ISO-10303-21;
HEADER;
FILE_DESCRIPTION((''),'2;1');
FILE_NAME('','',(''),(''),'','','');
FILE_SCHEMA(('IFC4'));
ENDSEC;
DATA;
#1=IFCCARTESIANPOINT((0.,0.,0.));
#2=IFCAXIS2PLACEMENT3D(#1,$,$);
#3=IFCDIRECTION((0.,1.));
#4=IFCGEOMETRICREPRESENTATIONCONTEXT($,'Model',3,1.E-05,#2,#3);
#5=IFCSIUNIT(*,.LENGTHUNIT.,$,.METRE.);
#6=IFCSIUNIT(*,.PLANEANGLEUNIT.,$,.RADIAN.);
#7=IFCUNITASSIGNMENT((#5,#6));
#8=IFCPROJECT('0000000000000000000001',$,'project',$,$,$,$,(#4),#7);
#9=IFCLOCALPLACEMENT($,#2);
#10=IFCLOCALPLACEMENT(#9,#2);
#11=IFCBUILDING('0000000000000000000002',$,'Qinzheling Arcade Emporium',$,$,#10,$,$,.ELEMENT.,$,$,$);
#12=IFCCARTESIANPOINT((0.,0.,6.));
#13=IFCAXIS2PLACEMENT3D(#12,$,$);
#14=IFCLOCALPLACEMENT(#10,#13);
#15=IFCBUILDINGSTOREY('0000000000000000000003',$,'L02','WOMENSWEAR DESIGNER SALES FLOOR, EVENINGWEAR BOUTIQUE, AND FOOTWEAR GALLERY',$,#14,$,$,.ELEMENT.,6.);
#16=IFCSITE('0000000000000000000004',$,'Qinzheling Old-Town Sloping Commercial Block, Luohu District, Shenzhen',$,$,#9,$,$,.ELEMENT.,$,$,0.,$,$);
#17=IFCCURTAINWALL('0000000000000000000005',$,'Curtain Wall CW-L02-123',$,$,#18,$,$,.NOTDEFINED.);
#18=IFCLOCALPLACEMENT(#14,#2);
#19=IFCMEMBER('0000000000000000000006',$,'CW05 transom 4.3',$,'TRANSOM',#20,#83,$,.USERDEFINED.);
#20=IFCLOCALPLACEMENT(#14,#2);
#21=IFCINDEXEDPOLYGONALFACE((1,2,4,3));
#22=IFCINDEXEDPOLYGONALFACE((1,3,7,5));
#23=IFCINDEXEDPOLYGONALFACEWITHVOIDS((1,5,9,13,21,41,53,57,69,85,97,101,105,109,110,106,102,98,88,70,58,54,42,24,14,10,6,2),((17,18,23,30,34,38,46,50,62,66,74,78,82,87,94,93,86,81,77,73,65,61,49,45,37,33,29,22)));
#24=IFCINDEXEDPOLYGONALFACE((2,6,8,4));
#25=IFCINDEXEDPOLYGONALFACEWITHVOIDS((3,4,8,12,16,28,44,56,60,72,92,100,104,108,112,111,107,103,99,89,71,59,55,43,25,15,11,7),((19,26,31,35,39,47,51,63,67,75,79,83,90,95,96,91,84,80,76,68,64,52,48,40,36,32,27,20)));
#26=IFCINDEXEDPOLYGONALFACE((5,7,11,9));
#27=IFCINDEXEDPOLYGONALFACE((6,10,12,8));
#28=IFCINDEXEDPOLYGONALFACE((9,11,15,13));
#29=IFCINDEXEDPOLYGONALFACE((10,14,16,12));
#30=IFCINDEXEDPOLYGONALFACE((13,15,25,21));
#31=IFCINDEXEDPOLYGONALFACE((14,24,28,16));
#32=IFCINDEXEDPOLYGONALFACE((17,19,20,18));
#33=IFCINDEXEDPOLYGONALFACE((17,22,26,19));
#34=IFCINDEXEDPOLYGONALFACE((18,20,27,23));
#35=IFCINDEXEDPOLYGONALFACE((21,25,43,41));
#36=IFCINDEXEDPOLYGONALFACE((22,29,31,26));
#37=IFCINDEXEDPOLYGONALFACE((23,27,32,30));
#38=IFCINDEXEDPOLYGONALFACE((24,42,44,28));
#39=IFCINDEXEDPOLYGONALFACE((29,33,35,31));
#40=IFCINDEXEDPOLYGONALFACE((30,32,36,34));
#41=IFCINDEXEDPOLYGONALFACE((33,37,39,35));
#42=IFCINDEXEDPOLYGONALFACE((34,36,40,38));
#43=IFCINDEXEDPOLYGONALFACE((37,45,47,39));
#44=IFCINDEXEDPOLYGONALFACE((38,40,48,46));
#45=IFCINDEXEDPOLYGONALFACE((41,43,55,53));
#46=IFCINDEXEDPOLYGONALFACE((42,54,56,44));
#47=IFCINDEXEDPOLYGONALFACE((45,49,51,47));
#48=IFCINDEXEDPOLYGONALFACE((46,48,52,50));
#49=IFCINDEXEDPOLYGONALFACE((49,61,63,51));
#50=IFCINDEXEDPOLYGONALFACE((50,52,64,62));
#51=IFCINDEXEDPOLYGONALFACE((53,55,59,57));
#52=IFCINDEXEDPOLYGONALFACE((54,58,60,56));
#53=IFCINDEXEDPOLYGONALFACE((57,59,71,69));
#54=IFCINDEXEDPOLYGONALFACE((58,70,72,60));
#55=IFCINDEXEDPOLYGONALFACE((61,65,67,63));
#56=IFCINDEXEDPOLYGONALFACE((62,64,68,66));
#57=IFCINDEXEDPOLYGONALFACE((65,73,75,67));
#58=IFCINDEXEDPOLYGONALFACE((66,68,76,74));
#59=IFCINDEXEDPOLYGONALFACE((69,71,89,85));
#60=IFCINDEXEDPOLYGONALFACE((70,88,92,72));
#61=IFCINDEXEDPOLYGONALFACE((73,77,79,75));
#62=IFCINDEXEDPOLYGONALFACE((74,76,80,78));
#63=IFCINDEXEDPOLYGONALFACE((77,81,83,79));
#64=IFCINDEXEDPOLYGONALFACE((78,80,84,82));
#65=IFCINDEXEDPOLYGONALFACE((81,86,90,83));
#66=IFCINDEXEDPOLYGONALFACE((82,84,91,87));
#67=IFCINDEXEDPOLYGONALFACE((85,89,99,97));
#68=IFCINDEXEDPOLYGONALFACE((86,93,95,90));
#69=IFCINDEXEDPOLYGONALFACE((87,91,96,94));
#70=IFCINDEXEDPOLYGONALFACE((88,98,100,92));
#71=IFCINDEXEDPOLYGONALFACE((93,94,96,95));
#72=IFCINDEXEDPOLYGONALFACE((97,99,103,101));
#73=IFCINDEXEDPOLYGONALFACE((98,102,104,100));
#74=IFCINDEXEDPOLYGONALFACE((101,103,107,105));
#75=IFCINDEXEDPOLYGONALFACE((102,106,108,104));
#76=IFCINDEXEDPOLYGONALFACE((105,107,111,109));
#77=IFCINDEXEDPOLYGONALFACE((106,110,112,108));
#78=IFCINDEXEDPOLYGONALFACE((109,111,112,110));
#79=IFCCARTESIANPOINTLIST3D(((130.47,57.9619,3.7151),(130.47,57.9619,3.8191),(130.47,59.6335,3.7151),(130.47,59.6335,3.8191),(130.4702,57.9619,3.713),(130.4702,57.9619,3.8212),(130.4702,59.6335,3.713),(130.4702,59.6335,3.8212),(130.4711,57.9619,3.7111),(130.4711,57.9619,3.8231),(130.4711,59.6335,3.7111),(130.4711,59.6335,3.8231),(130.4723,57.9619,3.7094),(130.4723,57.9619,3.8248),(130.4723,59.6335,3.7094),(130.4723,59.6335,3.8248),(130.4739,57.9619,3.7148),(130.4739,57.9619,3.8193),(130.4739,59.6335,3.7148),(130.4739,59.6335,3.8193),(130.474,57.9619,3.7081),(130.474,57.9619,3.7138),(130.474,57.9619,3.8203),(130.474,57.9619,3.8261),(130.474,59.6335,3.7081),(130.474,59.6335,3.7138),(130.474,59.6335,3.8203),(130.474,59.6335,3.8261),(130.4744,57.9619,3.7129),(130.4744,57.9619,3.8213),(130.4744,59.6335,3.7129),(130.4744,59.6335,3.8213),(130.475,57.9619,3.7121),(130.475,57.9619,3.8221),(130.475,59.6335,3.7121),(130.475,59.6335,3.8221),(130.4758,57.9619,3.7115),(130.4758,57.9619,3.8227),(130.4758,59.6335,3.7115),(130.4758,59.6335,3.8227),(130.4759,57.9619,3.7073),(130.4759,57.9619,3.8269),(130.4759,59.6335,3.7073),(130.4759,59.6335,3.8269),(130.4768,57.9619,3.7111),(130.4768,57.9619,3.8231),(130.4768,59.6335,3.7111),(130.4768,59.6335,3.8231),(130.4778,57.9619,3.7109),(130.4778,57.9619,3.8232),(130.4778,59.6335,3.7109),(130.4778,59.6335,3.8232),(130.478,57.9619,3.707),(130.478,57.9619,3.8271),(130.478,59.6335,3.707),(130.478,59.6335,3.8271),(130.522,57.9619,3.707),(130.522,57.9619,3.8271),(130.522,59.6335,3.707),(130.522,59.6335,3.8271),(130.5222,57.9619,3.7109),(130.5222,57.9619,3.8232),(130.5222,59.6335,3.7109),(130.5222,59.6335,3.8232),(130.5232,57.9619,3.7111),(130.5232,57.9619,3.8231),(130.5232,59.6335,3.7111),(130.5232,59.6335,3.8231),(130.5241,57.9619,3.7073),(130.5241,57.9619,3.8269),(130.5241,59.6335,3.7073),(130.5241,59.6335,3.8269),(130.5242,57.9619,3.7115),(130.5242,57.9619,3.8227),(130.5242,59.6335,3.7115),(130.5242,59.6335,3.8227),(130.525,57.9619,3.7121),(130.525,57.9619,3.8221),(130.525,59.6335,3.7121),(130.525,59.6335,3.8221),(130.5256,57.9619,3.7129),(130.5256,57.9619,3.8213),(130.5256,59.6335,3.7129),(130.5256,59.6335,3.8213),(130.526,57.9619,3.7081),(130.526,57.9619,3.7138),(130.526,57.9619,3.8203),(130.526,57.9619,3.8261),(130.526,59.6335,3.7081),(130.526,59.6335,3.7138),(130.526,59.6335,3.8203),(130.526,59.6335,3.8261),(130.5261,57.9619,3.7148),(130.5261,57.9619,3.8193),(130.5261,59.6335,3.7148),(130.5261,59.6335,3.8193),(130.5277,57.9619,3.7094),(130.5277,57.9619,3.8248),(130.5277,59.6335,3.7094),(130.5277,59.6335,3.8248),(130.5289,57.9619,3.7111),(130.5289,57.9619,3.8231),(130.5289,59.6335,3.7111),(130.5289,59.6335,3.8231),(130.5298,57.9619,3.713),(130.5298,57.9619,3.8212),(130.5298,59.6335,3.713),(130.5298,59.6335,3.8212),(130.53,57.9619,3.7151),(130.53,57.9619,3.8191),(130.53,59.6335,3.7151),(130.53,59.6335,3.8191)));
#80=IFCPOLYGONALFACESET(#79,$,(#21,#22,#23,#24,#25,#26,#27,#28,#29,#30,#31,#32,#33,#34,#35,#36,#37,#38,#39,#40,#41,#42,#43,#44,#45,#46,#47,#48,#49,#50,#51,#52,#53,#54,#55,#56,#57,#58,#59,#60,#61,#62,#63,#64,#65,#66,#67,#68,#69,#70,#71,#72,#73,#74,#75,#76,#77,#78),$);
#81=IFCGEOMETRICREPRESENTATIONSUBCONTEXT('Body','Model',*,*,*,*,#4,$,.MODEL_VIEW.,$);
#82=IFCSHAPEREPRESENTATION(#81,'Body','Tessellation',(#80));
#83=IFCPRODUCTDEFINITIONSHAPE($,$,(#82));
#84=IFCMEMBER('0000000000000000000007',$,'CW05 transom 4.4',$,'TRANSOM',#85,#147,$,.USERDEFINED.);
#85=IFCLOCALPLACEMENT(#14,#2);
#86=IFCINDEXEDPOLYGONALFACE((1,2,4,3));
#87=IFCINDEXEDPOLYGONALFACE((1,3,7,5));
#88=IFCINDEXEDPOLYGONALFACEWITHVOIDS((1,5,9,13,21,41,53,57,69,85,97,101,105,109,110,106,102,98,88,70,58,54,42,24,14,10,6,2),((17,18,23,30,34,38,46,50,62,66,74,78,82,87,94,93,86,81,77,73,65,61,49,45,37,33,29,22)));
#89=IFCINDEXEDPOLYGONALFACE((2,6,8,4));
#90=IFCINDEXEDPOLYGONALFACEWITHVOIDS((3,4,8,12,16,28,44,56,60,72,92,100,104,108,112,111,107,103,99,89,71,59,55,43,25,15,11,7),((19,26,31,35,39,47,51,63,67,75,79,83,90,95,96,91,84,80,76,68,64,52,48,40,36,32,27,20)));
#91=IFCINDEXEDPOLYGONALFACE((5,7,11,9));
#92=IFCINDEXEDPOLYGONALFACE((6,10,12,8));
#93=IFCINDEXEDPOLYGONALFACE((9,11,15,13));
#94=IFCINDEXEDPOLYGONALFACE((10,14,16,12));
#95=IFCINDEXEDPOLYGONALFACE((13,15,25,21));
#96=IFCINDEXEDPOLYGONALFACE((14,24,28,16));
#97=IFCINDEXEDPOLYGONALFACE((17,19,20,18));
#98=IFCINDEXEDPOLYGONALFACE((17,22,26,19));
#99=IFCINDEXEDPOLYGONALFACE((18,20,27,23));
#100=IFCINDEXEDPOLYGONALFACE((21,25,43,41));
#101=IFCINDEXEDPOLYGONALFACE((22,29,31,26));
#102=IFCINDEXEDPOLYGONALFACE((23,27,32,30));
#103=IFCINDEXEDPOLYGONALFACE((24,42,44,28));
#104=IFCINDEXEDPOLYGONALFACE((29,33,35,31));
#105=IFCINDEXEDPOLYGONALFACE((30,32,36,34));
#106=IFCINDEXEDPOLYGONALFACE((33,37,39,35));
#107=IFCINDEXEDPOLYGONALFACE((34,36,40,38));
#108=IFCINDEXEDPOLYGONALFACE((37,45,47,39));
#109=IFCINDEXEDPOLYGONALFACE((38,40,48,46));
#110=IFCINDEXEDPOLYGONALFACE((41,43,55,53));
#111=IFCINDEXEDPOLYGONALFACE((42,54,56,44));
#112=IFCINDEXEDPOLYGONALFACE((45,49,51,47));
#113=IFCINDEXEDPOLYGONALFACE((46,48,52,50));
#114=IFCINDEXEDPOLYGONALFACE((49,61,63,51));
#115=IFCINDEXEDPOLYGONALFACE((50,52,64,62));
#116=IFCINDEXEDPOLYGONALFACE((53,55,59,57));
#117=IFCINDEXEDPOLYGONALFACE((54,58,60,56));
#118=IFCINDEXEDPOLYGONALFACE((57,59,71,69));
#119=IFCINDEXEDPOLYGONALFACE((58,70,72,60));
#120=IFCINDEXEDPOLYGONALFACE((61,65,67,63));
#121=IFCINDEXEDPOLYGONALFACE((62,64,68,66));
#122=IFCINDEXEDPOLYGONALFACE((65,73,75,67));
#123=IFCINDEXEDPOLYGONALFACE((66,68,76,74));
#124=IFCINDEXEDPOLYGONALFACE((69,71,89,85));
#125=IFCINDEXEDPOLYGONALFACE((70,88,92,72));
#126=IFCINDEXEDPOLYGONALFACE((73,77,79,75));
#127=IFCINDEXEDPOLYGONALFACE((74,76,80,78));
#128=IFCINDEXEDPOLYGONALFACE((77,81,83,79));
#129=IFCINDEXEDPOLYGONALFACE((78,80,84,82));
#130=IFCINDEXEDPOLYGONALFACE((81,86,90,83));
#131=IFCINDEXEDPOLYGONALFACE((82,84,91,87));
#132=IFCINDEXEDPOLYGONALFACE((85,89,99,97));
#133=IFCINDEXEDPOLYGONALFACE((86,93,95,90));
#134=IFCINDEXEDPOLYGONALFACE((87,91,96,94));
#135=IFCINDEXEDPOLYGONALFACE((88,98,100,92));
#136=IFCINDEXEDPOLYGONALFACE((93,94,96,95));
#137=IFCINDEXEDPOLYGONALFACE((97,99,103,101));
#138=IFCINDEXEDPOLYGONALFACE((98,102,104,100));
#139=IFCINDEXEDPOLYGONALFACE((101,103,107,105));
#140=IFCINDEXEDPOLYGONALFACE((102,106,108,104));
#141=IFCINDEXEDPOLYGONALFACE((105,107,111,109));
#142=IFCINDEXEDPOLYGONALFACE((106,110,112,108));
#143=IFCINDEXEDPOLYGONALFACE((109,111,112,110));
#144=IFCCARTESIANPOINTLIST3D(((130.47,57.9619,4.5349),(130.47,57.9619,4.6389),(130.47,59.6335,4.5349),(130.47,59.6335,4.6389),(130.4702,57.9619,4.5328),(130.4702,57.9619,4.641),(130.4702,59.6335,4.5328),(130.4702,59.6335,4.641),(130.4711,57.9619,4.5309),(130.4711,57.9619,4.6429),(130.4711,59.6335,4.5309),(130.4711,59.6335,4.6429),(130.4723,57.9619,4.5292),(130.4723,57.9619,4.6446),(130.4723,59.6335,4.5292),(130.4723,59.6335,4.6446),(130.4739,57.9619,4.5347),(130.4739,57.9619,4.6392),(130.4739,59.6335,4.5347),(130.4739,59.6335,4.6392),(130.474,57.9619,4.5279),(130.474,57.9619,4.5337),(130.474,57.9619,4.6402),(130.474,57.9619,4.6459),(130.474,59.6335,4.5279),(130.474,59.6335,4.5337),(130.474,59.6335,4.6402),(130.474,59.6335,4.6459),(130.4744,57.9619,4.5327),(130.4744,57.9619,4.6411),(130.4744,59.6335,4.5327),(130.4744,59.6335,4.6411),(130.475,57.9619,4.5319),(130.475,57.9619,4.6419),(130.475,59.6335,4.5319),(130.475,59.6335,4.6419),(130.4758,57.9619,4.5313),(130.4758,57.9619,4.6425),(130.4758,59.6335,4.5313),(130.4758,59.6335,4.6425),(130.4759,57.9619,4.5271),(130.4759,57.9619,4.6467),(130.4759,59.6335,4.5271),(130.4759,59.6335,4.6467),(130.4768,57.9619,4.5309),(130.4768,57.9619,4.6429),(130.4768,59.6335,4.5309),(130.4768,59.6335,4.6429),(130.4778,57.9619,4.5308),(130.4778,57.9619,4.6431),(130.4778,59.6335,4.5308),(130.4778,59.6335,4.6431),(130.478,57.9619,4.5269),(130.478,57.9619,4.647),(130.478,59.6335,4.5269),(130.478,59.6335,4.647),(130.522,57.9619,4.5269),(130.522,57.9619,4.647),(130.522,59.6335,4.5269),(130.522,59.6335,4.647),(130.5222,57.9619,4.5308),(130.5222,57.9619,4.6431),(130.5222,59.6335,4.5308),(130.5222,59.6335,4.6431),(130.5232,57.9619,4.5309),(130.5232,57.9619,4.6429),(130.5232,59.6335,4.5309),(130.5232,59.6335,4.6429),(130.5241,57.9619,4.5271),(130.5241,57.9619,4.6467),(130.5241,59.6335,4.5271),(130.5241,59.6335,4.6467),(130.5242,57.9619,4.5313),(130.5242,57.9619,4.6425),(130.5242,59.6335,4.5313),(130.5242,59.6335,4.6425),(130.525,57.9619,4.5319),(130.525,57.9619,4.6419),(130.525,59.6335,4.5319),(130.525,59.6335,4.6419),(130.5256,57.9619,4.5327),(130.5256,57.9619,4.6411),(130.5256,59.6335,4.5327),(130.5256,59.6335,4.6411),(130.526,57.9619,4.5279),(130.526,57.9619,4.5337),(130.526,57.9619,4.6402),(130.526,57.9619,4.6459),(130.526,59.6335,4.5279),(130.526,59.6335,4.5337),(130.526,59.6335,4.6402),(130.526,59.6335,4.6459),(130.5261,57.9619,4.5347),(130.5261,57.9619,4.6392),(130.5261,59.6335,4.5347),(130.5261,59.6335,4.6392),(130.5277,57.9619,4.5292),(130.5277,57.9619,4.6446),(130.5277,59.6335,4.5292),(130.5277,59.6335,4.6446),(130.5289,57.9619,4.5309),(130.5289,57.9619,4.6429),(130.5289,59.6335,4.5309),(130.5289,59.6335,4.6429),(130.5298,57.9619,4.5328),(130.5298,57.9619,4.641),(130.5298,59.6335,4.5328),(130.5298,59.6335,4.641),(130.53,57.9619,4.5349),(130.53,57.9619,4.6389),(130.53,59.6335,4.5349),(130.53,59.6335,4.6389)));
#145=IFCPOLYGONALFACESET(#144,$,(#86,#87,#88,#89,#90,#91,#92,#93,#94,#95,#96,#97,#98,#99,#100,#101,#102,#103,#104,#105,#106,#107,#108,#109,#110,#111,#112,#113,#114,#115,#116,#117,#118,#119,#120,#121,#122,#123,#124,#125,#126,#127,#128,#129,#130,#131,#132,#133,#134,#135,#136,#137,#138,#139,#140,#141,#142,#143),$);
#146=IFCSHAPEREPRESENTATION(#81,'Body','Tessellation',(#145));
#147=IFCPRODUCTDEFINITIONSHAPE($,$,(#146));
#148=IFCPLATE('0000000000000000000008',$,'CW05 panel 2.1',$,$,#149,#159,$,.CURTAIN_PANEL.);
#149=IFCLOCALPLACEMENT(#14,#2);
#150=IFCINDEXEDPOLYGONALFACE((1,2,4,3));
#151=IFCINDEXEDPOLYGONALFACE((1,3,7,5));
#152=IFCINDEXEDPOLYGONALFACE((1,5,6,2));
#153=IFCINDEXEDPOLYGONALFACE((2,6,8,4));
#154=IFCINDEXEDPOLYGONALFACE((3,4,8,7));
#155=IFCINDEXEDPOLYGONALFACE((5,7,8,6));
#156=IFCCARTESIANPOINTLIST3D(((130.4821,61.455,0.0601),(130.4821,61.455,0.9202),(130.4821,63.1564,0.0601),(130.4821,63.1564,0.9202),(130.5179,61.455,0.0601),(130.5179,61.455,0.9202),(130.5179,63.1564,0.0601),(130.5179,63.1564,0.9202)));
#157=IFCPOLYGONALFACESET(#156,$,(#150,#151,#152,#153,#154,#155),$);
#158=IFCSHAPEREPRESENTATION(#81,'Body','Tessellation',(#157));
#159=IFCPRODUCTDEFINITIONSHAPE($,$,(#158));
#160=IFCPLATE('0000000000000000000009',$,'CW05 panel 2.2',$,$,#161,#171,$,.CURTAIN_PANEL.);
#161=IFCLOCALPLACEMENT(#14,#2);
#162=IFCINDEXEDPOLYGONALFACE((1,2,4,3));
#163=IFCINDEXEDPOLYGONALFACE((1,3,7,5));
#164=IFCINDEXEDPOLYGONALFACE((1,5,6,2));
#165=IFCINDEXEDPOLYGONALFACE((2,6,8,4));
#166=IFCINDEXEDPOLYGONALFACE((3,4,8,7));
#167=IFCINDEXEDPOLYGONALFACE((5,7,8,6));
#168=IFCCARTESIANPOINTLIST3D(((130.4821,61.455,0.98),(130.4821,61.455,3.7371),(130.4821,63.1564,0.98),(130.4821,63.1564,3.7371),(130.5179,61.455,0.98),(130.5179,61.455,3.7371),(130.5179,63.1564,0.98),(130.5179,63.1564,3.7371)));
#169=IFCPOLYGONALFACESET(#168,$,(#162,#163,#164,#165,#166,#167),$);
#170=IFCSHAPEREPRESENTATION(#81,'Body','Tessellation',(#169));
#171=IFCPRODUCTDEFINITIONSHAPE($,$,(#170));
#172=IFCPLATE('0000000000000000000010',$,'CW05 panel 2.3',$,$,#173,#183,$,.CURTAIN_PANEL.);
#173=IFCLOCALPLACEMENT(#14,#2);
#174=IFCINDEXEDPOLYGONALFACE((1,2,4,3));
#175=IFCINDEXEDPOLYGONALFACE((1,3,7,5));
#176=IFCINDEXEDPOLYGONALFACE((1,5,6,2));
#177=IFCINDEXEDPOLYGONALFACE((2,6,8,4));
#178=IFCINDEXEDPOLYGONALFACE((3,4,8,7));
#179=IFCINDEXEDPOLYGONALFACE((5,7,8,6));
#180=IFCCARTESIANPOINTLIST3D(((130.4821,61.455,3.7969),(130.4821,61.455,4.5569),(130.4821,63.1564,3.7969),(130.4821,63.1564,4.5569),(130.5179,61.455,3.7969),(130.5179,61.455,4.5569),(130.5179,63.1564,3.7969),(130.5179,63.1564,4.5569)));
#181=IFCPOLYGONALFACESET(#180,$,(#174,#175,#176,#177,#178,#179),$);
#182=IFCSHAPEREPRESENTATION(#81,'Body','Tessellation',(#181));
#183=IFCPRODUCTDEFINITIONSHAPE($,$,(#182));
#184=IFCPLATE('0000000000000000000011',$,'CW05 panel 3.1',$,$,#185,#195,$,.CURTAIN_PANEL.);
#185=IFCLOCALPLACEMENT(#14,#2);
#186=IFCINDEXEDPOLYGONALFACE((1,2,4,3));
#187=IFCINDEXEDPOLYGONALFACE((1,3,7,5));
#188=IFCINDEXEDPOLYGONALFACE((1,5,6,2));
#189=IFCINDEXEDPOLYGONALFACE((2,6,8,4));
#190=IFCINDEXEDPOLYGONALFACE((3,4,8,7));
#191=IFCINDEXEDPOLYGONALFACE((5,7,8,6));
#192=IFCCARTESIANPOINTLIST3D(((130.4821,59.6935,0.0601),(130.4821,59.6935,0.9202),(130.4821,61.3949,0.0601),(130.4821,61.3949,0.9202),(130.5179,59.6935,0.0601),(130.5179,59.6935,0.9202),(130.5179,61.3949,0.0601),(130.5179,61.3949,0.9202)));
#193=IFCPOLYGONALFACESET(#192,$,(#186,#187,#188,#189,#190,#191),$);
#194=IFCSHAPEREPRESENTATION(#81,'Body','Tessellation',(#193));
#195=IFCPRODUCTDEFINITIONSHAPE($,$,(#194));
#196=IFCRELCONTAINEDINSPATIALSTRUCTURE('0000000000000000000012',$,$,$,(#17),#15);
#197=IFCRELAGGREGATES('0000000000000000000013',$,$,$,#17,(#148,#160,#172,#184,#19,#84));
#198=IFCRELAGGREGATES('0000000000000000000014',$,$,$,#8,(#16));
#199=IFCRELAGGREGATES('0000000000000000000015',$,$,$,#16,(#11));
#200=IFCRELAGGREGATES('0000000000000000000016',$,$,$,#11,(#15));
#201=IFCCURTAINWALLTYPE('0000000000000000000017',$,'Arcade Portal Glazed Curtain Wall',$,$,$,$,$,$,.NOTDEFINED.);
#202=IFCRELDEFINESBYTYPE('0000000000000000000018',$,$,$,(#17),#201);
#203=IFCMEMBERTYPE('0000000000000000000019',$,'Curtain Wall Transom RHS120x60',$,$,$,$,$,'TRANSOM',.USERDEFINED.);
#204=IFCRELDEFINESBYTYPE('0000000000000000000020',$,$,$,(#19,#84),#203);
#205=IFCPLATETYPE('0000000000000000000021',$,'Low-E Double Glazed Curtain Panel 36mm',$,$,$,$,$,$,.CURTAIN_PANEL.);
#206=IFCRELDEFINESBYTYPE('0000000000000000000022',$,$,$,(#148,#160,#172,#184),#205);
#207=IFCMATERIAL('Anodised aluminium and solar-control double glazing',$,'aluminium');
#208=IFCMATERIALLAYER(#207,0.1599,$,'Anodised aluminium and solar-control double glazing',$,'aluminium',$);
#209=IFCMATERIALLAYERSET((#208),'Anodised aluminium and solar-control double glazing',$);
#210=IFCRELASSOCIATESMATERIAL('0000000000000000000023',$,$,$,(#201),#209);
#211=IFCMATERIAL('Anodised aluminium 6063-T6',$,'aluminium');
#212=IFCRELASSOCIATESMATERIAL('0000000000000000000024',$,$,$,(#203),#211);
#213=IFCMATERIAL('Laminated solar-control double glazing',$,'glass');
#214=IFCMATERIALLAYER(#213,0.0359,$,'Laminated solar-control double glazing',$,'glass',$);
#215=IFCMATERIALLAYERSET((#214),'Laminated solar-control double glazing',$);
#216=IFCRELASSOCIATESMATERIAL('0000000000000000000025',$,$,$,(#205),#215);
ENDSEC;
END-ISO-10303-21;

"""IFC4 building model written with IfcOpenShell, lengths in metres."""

from ifc_helpers import new_model, si_unit, direction, frame, origin, origin_2d, place, context, subcontext, project, spatial, rectangle, hollow_rectangle, extrude, material, layer, layer_set, material_profile, profile_set, type_object, element, aggregate, save


model = new_model("IFC4")

# Units and contexts
model_context = context("Model", 3, precision=1e-05, world=origin(), true_north=direction((0.0, 1.0)))
body_context = subcontext(model_context, "Body", "Model", "MODEL_VIEW")
ifc_project = project(units=[si_unit("LENGTHUNIT", "METRE"), si_unit("PLANEANGLEUNIT", "RADIAN")], contexts=[model_context])

# Site, building, storey
site_placement = place(None, origin())
site = spatial("IfcSite", under=ifc_project, at=site_placement, Name="Qinzheling Old-Town Sloping Commercial Block, Luohu District, Shenzhen", CompositionType="ELEMENT", RefElevation=0.0)
building_placement = place(site_placement, origin())
building = spatial("IfcBuilding", under=site, at=building_placement, Name="Qinzheling Arcade Emporium", CompositionType="ELEMENT")
storey_placement = place(building_placement, frame((0.0, 0.0, 6.0)))
storey = spatial("IfcBuildingStorey", under=building, at=storey_placement, Name="L02", Description="WOMENSWEAR DESIGNER SALES FLOOR, EVENINGWEAR BOUTIQUE, AND FOOTWEAR GALLERY", CompositionType="ELEMENT", Elevation=6.0)

# Curtain wall, members, plates
ifc_material_1 = material(Name="Anodised aluminium and solar-control double glazing", Category="aluminium")
ifc_layer_1 = layer(ifc_material_1, 0.1599, Name="Anodised aluminium and solar-control double glazing", Category="aluminium")
ifc_layer_set_1 = layer_set([ifc_layer_1], Name="Anodised aluminium and solar-control double glazing")
curtain_wall_type = type_object("IfcCurtainWallType", Name="Arcade Portal Glazed Curtain Wall", PredefinedType="NOTDEFINED", material=ifc_layer_set_1)
curtain_wall_placement = place(storey_placement, origin())
curtain_wall = element("IfcCurtainWall", 1, at=curtain_wall_placement, inside=storey, type_object=curtain_wall_type, Name="Curtain Wall CW-L02-123", PredefinedType="NOTDEFINED")
ifc_material_2 = material(Name="Anodised aluminium 6063-T6", Category="aluminium")
ifc_material_profile_1 = material_profile(ifc_material_2, hollow_rectangle(XDim=0.0601, YDim=0.1201, WallThickness=0.0039, InnerFilletRadius=0.0039, OuterFilletRadius=0.0081, at=origin_2d()), Name="RHS 120x60x4", Category="aluminium")
ifc_profile_set_1 = profile_set([ifc_material_profile_1], Name="Anodised aluminium 6063-T6")
member_type_1 = type_object("IfcMemberType", Name="Curtain Wall Transom RHS120x60", ElementType="TRANSOM", PredefinedType="USERDEFINED", material=ifc_profile_set_1)
member_1_placement = place(storey_placement, frame((130.5, 59.6335, 3.7671), z_axis=(0.0, -1.0, 0.0), x_axis=(1.0, 0.0, 0.0)))
member_1 = element("IfcMember", 2, at=member_1_placement, type_object=member_type_1, Name="CW05 transom 4.3", ObjectType="TRANSOM", PredefinedType="USERDEFINED", context=body_context, shape_type="SweptSolid", body=[
    extrude(hollow_rectangle(XDim=0.0601, YDim=0.1201, WallThickness=0.0039, InnerFilletRadius=0.0039, OuterFilletRadius=0.0081, at=origin_2d()), origin(), (0.0, 0.0, 1.0), 1.6716),
])
member_2_placement = place(storey_placement, frame((130.5, 59.6335, 4.5869), z_axis=(0.0, -1.0, 0.0), x_axis=(1.0, 0.0, 0.0)))
member_2 = element("IfcMember", 3, at=member_2_placement, type_object=member_type_1, Name="CW05 transom 4.4", ObjectType="TRANSOM", PredefinedType="USERDEFINED", context=body_context, shape_type="SweptSolid", body=[
    extrude(hollow_rectangle(XDim=0.0601, YDim=0.1201, WallThickness=0.0039, InnerFilletRadius=0.0039, OuterFilletRadius=0.0081, at=origin_2d()), origin(), (0.0, 0.0, 1.0), 1.6716),
])
ifc_material_3 = material(Name="Laminated solar-control double glazing", Category="glass")
ifc_layer_2 = layer(ifc_material_3, 0.0359, Name="Laminated solar-control double glazing", Category="glass")
ifc_layer_set_2 = layer_set([ifc_layer_2], Name="Laminated solar-control double glazing")
plate_type = type_object("IfcPlateType", Name="Low-E Double Glazed Curtain Panel 36mm", PredefinedType="CURTAIN_PANEL", material=ifc_layer_set_2)
plate_1_placement = place(storey_placement, frame((130.5, 62.3057, 0.0601), z_axis=(0.0, 0.0, 1.0), x_axis=(0.0, -1.0, 0.0)))
plate_1 = element("IfcPlate", 4, at=plate_1_placement, type_object=plate_type, Name="CW05 panel 2.1", PredefinedType="CURTAIN_PANEL", context=body_context, shape_type="SweptSolid", body=[
    extrude(rectangle(XDim=1.7014, YDim=0.0359, at=origin_2d()), origin(), (0.0, 0.0, 1.0), 0.8601),
])
plate_2_placement = place(storey_placement, frame((130.5, 62.3057, 0.98), z_axis=(0.0, 0.0, 1.0), x_axis=(0.0, -1.0, 0.0)))
plate_2 = element("IfcPlate", 5, at=plate_2_placement, type_object=plate_type, Name="CW05 panel 2.2", PredefinedType="CURTAIN_PANEL", context=body_context, shape_type="SweptSolid", body=[
    extrude(rectangle(XDim=1.7014, YDim=0.0359, at=origin_2d()), origin(), (0.0, 0.0, 1.0), 2.7571),
])
plate_3_placement = place(storey_placement, frame((130.5, 62.3057, 3.7969), z_axis=(0.0, 0.0, 1.0), x_axis=(0.0, -1.0, 0.0)))
plate_3 = element("IfcPlate", 6, at=plate_3_placement, type_object=plate_type, Name="CW05 panel 2.3", PredefinedType="CURTAIN_PANEL", context=body_context, shape_type="SweptSolid", body=[
    extrude(rectangle(XDim=1.7014, YDim=0.0359, at=origin_2d()), origin(), (0.0, 0.0, 1.0), 0.76),
])
plate_4_placement = place(storey_placement, frame((130.5, 60.5442, 0.0601), z_axis=(0.0, 0.0, 1.0), x_axis=(0.0, -1.0, 0.0)))
plate_4 = element("IfcPlate", 7, at=plate_4_placement, type_object=plate_type, Name="CW05 panel 3.1", PredefinedType="CURTAIN_PANEL", context=body_context, shape_type="SweptSolid", body=[
    extrude(rectangle(XDim=1.7014, YDim=0.0359, at=origin_2d()), origin(), (0.0, 0.0, 1.0), 0.8601),
])
aggregate(curtain_wall, [plate_1, plate_2, plate_3, plate_4, member_1, member_2])

save(model, "model.ifc")
